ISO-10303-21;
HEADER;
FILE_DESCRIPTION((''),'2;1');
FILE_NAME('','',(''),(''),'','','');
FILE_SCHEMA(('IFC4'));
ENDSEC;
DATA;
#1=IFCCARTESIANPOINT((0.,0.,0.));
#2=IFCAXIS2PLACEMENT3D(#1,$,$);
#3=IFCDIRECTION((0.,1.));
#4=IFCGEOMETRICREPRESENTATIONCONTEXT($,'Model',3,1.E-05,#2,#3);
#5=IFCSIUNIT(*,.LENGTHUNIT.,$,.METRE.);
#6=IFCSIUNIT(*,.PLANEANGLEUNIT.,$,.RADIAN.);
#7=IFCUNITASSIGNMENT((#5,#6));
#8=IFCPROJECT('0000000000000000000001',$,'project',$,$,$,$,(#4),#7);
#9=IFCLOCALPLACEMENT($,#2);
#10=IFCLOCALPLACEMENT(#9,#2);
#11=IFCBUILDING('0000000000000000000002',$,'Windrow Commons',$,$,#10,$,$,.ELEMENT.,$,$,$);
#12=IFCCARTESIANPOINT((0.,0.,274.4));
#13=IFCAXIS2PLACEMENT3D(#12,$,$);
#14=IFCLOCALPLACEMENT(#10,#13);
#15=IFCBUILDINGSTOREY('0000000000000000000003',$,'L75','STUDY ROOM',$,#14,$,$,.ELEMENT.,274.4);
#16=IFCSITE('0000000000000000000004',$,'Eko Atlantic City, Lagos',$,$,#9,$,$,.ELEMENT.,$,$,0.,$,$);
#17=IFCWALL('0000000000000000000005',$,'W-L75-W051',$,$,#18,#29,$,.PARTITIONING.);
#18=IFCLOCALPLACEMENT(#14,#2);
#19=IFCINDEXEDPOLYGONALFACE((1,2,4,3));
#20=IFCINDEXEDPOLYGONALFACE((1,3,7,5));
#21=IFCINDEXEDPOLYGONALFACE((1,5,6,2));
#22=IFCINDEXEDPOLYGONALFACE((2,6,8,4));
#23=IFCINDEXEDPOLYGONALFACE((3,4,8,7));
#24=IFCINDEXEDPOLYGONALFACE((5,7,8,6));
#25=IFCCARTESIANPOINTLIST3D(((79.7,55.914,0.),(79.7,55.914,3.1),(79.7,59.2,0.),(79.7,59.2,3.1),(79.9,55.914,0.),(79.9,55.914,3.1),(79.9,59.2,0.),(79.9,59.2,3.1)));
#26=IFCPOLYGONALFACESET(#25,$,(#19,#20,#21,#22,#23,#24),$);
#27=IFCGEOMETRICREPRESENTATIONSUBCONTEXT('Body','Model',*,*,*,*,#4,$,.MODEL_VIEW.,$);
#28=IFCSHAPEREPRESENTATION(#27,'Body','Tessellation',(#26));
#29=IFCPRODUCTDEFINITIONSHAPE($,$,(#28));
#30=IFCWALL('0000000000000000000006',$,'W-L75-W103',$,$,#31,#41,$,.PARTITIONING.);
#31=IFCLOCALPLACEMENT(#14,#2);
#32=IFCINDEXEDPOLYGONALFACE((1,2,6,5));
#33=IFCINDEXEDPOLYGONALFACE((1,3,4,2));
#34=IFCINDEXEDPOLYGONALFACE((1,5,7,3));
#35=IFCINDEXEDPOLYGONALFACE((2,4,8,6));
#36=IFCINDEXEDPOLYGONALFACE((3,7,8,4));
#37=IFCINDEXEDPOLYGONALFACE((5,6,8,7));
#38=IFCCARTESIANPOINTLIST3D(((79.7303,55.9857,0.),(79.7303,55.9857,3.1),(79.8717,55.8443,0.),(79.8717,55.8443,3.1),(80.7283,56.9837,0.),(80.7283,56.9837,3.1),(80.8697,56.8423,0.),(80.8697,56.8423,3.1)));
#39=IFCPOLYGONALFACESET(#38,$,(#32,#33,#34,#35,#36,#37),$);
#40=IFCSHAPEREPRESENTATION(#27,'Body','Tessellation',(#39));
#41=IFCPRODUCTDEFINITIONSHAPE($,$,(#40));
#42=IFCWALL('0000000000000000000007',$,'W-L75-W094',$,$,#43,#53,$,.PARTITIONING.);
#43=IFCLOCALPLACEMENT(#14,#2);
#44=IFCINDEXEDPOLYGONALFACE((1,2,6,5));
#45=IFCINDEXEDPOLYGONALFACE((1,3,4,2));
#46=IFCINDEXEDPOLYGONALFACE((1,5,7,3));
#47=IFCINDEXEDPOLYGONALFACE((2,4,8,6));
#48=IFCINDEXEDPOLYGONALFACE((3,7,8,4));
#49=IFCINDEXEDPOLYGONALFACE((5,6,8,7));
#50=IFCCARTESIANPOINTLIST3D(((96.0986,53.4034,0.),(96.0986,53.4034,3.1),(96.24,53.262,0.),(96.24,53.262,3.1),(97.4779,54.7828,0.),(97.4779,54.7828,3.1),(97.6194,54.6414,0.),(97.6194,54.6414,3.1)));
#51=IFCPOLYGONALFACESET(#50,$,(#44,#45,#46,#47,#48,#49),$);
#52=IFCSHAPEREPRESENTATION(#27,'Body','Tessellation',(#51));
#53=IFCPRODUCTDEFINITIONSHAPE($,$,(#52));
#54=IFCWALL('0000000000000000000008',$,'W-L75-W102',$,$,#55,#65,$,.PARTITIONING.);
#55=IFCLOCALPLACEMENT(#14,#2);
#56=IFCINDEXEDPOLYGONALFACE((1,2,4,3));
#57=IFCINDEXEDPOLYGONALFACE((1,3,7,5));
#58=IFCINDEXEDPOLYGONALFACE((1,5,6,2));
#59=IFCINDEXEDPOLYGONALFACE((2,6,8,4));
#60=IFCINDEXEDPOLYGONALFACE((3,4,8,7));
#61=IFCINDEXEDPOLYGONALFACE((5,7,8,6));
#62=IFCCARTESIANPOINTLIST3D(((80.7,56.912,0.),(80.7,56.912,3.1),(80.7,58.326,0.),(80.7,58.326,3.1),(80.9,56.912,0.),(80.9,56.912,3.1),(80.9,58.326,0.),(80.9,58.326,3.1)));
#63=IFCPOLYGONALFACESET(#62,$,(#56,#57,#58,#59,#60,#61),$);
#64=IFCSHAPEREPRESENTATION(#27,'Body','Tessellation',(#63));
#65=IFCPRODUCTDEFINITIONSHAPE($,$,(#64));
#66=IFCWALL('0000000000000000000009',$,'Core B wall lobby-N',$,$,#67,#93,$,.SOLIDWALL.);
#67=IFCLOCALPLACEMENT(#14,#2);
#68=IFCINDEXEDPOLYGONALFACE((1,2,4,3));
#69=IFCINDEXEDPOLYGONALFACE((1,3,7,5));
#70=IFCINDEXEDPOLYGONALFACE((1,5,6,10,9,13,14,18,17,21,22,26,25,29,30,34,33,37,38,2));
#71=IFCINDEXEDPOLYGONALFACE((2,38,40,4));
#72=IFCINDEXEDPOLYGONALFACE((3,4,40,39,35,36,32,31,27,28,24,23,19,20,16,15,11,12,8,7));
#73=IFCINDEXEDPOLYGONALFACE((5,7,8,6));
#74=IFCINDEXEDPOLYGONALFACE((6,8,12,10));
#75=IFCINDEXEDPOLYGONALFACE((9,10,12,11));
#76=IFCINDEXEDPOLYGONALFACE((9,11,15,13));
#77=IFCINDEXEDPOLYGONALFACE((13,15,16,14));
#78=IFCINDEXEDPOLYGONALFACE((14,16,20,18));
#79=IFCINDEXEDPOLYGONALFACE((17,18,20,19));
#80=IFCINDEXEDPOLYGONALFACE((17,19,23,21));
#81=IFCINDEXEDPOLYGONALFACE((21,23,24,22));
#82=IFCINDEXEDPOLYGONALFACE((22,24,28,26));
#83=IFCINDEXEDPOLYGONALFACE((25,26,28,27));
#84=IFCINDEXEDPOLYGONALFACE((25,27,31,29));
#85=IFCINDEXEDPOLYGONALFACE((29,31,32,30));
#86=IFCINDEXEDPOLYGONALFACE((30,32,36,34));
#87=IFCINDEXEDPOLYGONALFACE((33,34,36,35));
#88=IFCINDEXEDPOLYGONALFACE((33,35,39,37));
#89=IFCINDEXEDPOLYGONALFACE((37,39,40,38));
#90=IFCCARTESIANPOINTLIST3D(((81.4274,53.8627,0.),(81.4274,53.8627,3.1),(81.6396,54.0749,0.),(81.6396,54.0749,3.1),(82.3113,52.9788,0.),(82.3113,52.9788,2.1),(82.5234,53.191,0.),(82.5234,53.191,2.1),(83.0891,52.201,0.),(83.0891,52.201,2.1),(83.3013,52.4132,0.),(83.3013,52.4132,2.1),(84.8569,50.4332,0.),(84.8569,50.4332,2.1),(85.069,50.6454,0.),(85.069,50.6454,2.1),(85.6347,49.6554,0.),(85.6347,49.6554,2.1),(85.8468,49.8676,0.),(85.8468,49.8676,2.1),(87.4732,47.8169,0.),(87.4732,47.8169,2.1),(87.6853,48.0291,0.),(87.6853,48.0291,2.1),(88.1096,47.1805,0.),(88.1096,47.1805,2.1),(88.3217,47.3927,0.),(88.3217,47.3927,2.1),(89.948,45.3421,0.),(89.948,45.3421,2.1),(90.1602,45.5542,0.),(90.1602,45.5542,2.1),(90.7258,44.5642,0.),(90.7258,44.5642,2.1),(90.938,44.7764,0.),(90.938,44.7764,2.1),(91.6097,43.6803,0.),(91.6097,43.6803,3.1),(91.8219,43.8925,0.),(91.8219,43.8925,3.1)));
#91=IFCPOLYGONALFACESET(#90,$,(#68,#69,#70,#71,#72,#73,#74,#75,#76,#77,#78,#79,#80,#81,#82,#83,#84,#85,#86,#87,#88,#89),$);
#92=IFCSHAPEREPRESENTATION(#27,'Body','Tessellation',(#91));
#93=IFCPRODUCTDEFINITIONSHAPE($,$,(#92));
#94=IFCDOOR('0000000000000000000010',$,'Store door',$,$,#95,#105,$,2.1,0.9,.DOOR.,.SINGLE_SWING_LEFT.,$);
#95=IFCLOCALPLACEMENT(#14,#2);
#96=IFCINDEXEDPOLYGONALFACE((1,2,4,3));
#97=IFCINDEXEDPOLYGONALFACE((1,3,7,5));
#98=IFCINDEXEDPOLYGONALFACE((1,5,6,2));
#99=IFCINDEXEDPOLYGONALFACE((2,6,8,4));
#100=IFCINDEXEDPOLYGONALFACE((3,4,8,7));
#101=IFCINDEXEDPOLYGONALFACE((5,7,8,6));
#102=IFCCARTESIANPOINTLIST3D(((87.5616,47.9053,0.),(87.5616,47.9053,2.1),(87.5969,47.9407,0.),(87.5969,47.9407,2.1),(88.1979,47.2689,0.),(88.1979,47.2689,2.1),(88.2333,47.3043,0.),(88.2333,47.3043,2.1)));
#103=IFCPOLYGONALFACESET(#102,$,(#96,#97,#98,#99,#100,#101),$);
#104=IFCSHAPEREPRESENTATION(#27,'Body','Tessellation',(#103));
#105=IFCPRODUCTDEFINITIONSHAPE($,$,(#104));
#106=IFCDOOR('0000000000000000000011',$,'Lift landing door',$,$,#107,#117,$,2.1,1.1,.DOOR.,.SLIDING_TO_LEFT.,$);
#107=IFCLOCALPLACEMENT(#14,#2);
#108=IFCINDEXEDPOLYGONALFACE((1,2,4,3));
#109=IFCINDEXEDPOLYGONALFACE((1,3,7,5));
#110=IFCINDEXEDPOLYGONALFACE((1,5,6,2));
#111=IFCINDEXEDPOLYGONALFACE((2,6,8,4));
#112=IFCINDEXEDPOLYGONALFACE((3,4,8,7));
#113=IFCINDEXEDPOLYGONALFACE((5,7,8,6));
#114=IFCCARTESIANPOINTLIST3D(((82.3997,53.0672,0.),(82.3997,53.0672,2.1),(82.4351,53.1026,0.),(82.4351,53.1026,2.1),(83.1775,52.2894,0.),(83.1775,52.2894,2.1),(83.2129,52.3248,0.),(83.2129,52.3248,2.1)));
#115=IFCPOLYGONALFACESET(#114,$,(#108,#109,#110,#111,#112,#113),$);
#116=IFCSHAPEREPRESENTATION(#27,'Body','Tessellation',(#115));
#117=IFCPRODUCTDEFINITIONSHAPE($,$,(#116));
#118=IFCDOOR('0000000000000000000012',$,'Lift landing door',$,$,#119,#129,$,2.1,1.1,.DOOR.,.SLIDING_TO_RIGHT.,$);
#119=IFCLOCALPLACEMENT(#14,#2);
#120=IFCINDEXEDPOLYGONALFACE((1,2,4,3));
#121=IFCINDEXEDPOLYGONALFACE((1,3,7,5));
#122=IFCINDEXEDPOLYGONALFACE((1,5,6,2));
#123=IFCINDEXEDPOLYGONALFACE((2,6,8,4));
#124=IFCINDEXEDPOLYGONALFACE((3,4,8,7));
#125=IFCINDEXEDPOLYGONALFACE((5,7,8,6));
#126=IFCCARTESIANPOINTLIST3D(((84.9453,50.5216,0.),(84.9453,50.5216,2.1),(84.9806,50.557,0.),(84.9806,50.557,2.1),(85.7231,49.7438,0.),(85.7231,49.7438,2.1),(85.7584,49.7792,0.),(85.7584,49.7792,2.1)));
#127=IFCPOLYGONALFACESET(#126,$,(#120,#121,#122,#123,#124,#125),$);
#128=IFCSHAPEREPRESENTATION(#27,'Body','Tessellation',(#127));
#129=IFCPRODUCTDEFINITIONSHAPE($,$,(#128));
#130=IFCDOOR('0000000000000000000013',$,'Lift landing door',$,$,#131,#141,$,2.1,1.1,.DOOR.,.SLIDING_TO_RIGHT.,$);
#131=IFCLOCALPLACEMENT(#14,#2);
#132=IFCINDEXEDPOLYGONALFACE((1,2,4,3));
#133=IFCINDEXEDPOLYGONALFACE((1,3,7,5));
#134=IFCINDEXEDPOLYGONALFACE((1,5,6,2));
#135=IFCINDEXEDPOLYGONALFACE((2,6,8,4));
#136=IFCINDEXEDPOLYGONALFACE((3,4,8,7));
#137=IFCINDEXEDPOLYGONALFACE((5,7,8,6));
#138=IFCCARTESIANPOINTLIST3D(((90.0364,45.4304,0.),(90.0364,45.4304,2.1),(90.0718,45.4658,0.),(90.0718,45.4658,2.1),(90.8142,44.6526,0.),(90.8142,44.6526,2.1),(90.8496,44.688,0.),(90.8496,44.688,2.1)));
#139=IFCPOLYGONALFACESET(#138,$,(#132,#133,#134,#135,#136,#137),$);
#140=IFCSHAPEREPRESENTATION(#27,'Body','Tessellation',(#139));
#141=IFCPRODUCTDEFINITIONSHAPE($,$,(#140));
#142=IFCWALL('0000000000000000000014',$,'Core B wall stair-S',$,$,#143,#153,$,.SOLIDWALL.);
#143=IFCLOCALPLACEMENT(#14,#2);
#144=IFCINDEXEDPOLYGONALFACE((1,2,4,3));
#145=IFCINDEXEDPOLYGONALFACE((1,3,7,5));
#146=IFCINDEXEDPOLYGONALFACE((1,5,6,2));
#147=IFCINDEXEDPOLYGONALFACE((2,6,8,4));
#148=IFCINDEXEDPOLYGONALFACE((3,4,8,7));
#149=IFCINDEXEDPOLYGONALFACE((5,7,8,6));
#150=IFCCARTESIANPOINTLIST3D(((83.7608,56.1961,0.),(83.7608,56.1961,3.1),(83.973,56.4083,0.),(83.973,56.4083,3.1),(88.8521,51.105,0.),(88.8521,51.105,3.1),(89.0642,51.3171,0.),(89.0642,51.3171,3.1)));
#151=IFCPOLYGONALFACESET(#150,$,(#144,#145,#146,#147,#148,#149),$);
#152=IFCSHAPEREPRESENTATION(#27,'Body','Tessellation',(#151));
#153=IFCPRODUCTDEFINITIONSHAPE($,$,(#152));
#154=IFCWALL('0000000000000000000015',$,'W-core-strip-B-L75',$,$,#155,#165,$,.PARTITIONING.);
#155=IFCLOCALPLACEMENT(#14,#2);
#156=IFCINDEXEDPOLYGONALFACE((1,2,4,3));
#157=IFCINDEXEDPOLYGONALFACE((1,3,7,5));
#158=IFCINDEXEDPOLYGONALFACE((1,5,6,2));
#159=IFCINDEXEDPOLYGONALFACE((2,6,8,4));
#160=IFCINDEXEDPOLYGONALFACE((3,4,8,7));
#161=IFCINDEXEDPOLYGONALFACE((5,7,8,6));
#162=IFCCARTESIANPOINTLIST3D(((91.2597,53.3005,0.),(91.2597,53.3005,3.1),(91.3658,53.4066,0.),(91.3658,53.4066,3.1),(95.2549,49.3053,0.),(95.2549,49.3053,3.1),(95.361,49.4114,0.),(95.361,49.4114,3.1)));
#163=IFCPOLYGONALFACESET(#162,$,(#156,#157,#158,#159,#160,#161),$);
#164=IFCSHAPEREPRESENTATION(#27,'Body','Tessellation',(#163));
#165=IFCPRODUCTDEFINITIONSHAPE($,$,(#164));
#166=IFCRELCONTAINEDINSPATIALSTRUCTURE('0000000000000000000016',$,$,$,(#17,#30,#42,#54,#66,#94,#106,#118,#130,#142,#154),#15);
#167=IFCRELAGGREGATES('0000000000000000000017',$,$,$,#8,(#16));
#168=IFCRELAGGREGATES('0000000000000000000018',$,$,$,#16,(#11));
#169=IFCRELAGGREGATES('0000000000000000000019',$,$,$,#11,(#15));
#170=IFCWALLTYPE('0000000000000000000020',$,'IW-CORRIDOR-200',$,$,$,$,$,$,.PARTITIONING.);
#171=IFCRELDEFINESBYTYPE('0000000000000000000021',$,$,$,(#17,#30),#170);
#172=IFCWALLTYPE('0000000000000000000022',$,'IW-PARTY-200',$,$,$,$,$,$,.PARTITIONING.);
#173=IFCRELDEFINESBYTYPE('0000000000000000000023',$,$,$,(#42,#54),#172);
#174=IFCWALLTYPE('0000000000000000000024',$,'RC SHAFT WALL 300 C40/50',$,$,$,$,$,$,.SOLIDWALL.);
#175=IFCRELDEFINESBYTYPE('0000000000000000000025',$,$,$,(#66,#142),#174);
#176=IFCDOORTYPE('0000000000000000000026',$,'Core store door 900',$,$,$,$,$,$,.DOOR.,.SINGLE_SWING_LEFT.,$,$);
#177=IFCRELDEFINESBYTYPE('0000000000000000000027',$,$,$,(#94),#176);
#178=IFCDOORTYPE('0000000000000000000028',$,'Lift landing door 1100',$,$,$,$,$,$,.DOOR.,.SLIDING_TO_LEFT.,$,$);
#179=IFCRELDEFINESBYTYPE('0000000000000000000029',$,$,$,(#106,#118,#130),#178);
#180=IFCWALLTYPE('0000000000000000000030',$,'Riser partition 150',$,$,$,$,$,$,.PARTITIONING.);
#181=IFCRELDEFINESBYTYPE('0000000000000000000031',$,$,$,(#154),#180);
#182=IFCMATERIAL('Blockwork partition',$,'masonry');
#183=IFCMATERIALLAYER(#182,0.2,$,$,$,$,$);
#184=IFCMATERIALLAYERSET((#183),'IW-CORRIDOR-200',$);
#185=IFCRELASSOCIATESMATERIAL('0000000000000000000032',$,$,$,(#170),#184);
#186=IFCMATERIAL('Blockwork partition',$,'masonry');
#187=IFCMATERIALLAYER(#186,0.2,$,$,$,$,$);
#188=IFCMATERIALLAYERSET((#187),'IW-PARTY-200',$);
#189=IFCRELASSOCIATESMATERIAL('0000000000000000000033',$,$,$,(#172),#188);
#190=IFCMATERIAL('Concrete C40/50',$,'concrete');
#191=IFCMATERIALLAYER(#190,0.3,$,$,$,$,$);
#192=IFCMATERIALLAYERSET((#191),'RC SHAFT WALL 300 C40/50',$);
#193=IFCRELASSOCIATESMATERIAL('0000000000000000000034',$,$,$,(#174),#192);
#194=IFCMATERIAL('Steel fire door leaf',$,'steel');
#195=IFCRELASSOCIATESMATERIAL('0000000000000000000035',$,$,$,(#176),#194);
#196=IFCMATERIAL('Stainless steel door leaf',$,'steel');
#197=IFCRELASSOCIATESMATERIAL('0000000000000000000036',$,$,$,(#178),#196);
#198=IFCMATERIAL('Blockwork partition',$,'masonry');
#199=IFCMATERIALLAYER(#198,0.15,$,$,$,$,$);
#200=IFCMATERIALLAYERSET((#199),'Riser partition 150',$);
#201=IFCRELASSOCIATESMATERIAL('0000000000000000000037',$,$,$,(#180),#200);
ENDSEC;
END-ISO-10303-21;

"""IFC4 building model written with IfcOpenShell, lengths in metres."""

from ifc_helpers import new_model, si_unit, direction, frame, frame_2d, origin, place, context, subcontext, project, spatial, rectangle, extrude, material, layer, layer_set, type_object, element, fill, save


model = new_model("IFC4")

# Units and contexts
model_context = context("Model", 3, precision=1e-05, world=origin(), true_north=direction((0.0, 1.0)))
body_context = subcontext(model_context, "Body", "Model", "MODEL_VIEW")
ifc_project = project(units=[si_unit("LENGTHUNIT", "METRE"), si_unit("PLANEANGLEUNIT", "RADIAN")], contexts=[model_context])

# Site, building, storey
site_placement = place(None, origin())
site = spatial("IfcSite", under=ifc_project, at=site_placement, Name="Eko Atlantic City, Lagos", CompositionType="ELEMENT", RefElevation=0.0)
building_placement = place(site_placement, origin())
building = spatial("IfcBuilding", under=site, at=building_placement, Name="Windrow Commons", CompositionType="ELEMENT")
storey_placement = place(building_placement, frame((0.0, 0.0, 274.4)))
storey = spatial("IfcBuildingStorey", under=building, at=storey_placement, Name="L75", Description="STUDY ROOM", CompositionType="ELEMENT", Elevation=274.4)

# Shared definitions
ifc_material_1 = material(Name="Blockwork partition", Category="masonry")
ifc_layer_1 = layer(ifc_material_1, 0.2)
ifc_layer_set_1 = layer_set([ifc_layer_1], Name="IW-CORRIDOR-200")
wall_type_1 = type_object("IfcWallType", Name="IW-CORRIDOR-200", PredefinedType="PARTITIONING", material=ifc_layer_set_1)

# Walls
wall_1_placement = place(storey_placement, frame((79.8, 55.914, 0.0), z_axis=(0.0, 0.0, 1.0), x_axis=(0.0, 1.0, 0.0)))
element("IfcWall", 1, at=wall_1_placement, inside=storey, type_object=wall_type_1, Name="W-L75-W051", PredefinedType="PARTITIONING", context=body_context, shape_type="SweptSolid", body=[
    extrude(rectangle(XDim=3.286, YDim=0.2, at=frame_2d((1.643, 0.0))), origin(), (0.0, 0.0, 1.0), 3.1),
])
wall_2_placement = place(storey_placement, frame((79.801, 55.915, 0.0), z_axis=(0.0, 0.0, 1.0), x_axis=(0.707107, 0.707107, 0.0)))
element("IfcWall", 2, at=wall_2_placement, inside=storey, type_object=wall_type_1, Name="W-L75-W103", PredefinedType="PARTITIONING", context=body_context, shape_type="SweptSolid", body=[
    extrude(rectangle(XDim=1.4114, YDim=0.2, at=frame_2d((0.7057, 0.0))), origin(), (0.0, 0.0, 1.0), 3.1),
])
ifc_material_2 = material(Name="Blockwork partition", Category="masonry")
ifc_layer_2 = layer(ifc_material_2, 0.2)
ifc_layer_set_2 = layer_set([ifc_layer_2], Name="IW-PARTY-200")
wall_type_2 = type_object("IfcWallType", Name="IW-PARTY-200", PredefinedType="PARTITIONING", material=ifc_layer_set_2)
wall_3_placement = place(storey_placement, frame((96.1693, 53.3327, 0.0), z_axis=(0.0, 0.0, 1.0), x_axis=(0.707081, 0.707132, 0.0)))
element("IfcWall", 3, at=wall_3_placement, inside=storey, type_object=wall_type_2, Name="W-L75-W094", PredefinedType="PARTITIONING", context=body_context, shape_type="SweptSolid", body=[
    extrude(rectangle(XDim=1.9507, YDim=0.2, at=frame_2d((0.9754, 0.0))), origin(), (0.0, 0.0, 1.0), 3.1),
])
wall_4_placement = place(storey_placement, frame((80.8, 56.912, 0.0), z_axis=(0.0, 0.0, 1.0), x_axis=(0.0, 1.0, 0.0)))
element("IfcWall", 4, at=wall_4_placement, inside=storey, type_object=wall_type_2, Name="W-L75-W102", PredefinedType="PARTITIONING", context=body_context, shape_type="SweptSolid", body=[
    extrude(rectangle(XDim=1.414, YDim=0.2, at=frame_2d((0.707, 0.0))), origin(), (0.0, 0.0, 1.0), 3.1),
])

# Wall, openings, doors
ifc_material_3 = material(Name="Concrete C40/50", Category="concrete")
ifc_layer_3 = layer(ifc_material_3, 0.3)
ifc_layer_set_3 = layer_set([ifc_layer_3], Name="RC SHAFT WALL 300 C40/50")
wall_type_3 = type_object("IfcWallType", Name="RC SHAFT WALL 300 C40/50", PredefinedType="SOLIDWALL", material=ifc_layer_set_3)
wall_5_placement = place(storey_placement, frame((81.5335, 53.9688, 0.0), z_axis=(0.0, 0.0, 1.0), x_axis=(0.707103, -0.70711, 0.0)))
wall_5 = element("IfcWall", 5, at=wall_5_placement, inside=storey, type_object=wall_type_3, Name="Core B wall lobby-N", PredefinedType="SOLIDWALL", context=body_context, shape_type="SweptSolid", body=[
    extrude(rectangle(XDim=14.4, YDim=0.3, at=frame_2d((7.2, 0.0))), origin(), (0.0, 0.0, 1.0), 3.1),
])
opening_1_placement = place(wall_5_placement, frame((8.55, 0.0, 0.0)))
opening_1 = element("IfcOpeningElement", 6, at=opening_1_placement, cuts=wall_5, PredefinedType="OPENING", context=body_context, shape_type="SweptSolid", body=[
    extrude(rectangle(XDim=0.9, YDim=2.1, at=frame_2d((0.45, 1.05))), frame((0.0, 0.16, 0.0), z_axis=(0.0, -1.0, 0.0), x_axis=(1.0, 0.0, 0.0)), (0.0, 0.0, 1.0), 0.32),
])
opening_2_placement = place(wall_5_placement, frame((1.25, 0.0, 0.0)))
opening_2 = element("IfcOpeningElement", 7, at=opening_2_placement, cuts=wall_5, PredefinedType="OPENING", context=body_context, shape_type="SweptSolid", body=[
    extrude(rectangle(XDim=1.1, YDim=2.1, at=frame_2d((0.55, 1.05))), frame((0.0, 0.16, 0.0), z_axis=(0.0, -1.0, 0.0), x_axis=(1.0, 0.0, 0.0)), (0.0, 0.0, 1.0), 0.32),
])
opening_3_placement = place(wall_5_placement, frame((4.85, 0.0, 0.0)))
opening_3 = element("IfcOpeningElement", 8, at=opening_3_placement, cuts=wall_5, PredefinedType="OPENING", context=body_context, shape_type="SweptSolid", body=[
    extrude(rectangle(XDim=1.1, YDim=2.1, at=frame_2d((0.55, 1.05))), frame((0.0, 0.16, 0.0), z_axis=(0.0, -1.0, 0.0), x_axis=(1.0, 0.0, 0.0)), (0.0, 0.0, 1.0), 0.32),
])
opening_4_placement = place(wall_5_placement, frame((12.05, 0.0, 0.0)))
opening_4 = element("IfcOpeningElement", 9, at=opening_4_placement, cuts=wall_5, PredefinedType="OPENING", context=body_context, shape_type="SweptSolid", body=[
    extrude(rectangle(XDim=1.1, YDim=2.1, at=frame_2d((0.55, 1.05))), frame((0.0, 0.16, 0.0), z_axis=(0.0, -1.0, 0.0), x_axis=(1.0, 0.0, 0.0)), (0.0, 0.0, 1.0), 0.32),
])
ifc_material_4 = material(Name="Steel fire door leaf", Category="steel")
door_type_1 = type_object("IfcDoorType", Name="Core store door 900", OperationType="SINGLE_SWING_LEFT", PredefinedType="DOOR", material=ifc_material_4)
door_1_placement = place(opening_1_placement, origin())
door_1 = element("IfcDoor", 10, at=door_1_placement, inside=storey, type_object=door_type_1, Name="Store door", OperationType="SINGLE_SWING_LEFT", OverallHeight=2.1, OverallWidth=0.9, PredefinedType="DOOR", context=body_context, shape_type="SweptSolid", body=[
    extrude(rectangle(XDim=0.9, YDim=2.1, at=frame_2d((0.45, 1.05))), frame((0.0, 0.025, 0.0), z_axis=(0.0, -1.0, 0.0), x_axis=(1.0, 0.0, 0.0)), (0.0, 0.0, 1.0), 0.05),
])
fill(opening_1, door_1)
ifc_material_5 = material(Name="Stainless steel door leaf", Category="steel")
door_type_2 = type_object("IfcDoorType", Name="Lift landing door 1100", OperationType="SLIDING_TO_LEFT", PredefinedType="DOOR", material=ifc_material_5)
door_2_placement = place(opening_2_placement, origin())
door_2 = element("IfcDoor", 11, at=door_2_placement, inside=storey, type_object=door_type_2, Name="Lift landing door", OperationType="SLIDING_TO_LEFT", OverallHeight=2.1, OverallWidth=1.1, PredefinedType="DOOR", context=body_context, shape_type="SweptSolid", body=[
    extrude(rectangle(XDim=1.1, YDim=2.1, at=frame_2d((0.55, 1.05))), frame((0.0, 0.025, 0.0), z_axis=(0.0, -1.0, 0.0), x_axis=(1.0, 0.0, 0.0)), (0.0, 0.0, 1.0), 0.05),
])
fill(opening_2, door_2)
door_3_placement = place(opening_3_placement, origin())
door_3 = element("IfcDoor", 12, at=door_3_placement, inside=storey, type_object=door_type_2, Name="Lift landing door", OperationType="SLIDING_TO_RIGHT", OverallHeight=2.1, OverallWidth=1.1, PredefinedType="DOOR", context=body_context, shape_type="SweptSolid", body=[
    extrude(rectangle(XDim=1.1, YDim=2.1, at=frame_2d((0.55, 1.05))), frame((0.0, 0.025, 0.0), z_axis=(0.0, -1.0, 0.0), x_axis=(1.0, 0.0, 0.0)), (0.0, 0.0, 1.0), 0.05),
])
fill(opening_3, door_3)
door_4_placement = place(opening_4_placement, origin())
door_4 = element("IfcDoor", 13, at=door_4_placement, inside=storey, type_object=door_type_2, Name="Lift landing door", OperationType="SLIDING_TO_RIGHT", OverallHeight=2.1, OverallWidth=1.1, PredefinedType="DOOR", context=body_context, shape_type="SweptSolid", body=[
    extrude(rectangle(XDim=1.1, YDim=2.1, at=frame_2d((0.55, 1.05))), frame((0.0, 0.025, 0.0), z_axis=(0.0, -1.0, 0.0), x_axis=(1.0, 0.0, 0.0)), (0.0, 0.0, 1.0), 0.05),
])
fill(opening_4, door_4)

# Walls
wall_6_placement = place(storey_placement, frame((83.8669, 56.3022, 0.0), z_axis=(0.0, 0.0, 1.0), x_axis=(0.707114, -0.7071, 0.0)))
element("IfcWall", 14, at=wall_6_placement, inside=storey, type_object=wall_type_3, Name="Core B wall stair-S", PredefinedType="SOLIDWALL", context=body_context, shape_type="SweptSolid", body=[
    extrude(rectangle(XDim=7.2, YDim=0.3, at=frame_2d((3.6, 0.0))), origin(), (0.0, 0.0, 1.0), 3.1),
])
ifc_material_6 = material(Name="Blockwork partition", Category="masonry")
ifc_layer_4 = layer(ifc_material_6, 0.15)
ifc_layer_set_4 = layer_set([ifc_layer_4], Name="Riser partition 150")
wall_type_4 = type_object("IfcWallType", Name="Riser partition 150", PredefinedType="PARTITIONING", material=ifc_layer_set_4)
wall_7_placement = place(storey_placement, frame((91.3127, 53.3536, 0.0), z_axis=(0.0, 0.0, 1.0), x_axis=(0.707107, -0.707107, 0.0)))
element("IfcWall", 15, at=wall_7_placement, inside=storey, type_object=wall_type_4, Name="W-core-strip-B-L75", PredefinedType="PARTITIONING", context=body_context, shape_type="SweptSolid", body=[
    extrude(rectangle(XDim=5.6501, YDim=0.15, at=frame_2d((2.8251, 0.0))), origin(), (0.0, 0.0, 1.0), 3.1),
])

save(model, "model.ifc")
